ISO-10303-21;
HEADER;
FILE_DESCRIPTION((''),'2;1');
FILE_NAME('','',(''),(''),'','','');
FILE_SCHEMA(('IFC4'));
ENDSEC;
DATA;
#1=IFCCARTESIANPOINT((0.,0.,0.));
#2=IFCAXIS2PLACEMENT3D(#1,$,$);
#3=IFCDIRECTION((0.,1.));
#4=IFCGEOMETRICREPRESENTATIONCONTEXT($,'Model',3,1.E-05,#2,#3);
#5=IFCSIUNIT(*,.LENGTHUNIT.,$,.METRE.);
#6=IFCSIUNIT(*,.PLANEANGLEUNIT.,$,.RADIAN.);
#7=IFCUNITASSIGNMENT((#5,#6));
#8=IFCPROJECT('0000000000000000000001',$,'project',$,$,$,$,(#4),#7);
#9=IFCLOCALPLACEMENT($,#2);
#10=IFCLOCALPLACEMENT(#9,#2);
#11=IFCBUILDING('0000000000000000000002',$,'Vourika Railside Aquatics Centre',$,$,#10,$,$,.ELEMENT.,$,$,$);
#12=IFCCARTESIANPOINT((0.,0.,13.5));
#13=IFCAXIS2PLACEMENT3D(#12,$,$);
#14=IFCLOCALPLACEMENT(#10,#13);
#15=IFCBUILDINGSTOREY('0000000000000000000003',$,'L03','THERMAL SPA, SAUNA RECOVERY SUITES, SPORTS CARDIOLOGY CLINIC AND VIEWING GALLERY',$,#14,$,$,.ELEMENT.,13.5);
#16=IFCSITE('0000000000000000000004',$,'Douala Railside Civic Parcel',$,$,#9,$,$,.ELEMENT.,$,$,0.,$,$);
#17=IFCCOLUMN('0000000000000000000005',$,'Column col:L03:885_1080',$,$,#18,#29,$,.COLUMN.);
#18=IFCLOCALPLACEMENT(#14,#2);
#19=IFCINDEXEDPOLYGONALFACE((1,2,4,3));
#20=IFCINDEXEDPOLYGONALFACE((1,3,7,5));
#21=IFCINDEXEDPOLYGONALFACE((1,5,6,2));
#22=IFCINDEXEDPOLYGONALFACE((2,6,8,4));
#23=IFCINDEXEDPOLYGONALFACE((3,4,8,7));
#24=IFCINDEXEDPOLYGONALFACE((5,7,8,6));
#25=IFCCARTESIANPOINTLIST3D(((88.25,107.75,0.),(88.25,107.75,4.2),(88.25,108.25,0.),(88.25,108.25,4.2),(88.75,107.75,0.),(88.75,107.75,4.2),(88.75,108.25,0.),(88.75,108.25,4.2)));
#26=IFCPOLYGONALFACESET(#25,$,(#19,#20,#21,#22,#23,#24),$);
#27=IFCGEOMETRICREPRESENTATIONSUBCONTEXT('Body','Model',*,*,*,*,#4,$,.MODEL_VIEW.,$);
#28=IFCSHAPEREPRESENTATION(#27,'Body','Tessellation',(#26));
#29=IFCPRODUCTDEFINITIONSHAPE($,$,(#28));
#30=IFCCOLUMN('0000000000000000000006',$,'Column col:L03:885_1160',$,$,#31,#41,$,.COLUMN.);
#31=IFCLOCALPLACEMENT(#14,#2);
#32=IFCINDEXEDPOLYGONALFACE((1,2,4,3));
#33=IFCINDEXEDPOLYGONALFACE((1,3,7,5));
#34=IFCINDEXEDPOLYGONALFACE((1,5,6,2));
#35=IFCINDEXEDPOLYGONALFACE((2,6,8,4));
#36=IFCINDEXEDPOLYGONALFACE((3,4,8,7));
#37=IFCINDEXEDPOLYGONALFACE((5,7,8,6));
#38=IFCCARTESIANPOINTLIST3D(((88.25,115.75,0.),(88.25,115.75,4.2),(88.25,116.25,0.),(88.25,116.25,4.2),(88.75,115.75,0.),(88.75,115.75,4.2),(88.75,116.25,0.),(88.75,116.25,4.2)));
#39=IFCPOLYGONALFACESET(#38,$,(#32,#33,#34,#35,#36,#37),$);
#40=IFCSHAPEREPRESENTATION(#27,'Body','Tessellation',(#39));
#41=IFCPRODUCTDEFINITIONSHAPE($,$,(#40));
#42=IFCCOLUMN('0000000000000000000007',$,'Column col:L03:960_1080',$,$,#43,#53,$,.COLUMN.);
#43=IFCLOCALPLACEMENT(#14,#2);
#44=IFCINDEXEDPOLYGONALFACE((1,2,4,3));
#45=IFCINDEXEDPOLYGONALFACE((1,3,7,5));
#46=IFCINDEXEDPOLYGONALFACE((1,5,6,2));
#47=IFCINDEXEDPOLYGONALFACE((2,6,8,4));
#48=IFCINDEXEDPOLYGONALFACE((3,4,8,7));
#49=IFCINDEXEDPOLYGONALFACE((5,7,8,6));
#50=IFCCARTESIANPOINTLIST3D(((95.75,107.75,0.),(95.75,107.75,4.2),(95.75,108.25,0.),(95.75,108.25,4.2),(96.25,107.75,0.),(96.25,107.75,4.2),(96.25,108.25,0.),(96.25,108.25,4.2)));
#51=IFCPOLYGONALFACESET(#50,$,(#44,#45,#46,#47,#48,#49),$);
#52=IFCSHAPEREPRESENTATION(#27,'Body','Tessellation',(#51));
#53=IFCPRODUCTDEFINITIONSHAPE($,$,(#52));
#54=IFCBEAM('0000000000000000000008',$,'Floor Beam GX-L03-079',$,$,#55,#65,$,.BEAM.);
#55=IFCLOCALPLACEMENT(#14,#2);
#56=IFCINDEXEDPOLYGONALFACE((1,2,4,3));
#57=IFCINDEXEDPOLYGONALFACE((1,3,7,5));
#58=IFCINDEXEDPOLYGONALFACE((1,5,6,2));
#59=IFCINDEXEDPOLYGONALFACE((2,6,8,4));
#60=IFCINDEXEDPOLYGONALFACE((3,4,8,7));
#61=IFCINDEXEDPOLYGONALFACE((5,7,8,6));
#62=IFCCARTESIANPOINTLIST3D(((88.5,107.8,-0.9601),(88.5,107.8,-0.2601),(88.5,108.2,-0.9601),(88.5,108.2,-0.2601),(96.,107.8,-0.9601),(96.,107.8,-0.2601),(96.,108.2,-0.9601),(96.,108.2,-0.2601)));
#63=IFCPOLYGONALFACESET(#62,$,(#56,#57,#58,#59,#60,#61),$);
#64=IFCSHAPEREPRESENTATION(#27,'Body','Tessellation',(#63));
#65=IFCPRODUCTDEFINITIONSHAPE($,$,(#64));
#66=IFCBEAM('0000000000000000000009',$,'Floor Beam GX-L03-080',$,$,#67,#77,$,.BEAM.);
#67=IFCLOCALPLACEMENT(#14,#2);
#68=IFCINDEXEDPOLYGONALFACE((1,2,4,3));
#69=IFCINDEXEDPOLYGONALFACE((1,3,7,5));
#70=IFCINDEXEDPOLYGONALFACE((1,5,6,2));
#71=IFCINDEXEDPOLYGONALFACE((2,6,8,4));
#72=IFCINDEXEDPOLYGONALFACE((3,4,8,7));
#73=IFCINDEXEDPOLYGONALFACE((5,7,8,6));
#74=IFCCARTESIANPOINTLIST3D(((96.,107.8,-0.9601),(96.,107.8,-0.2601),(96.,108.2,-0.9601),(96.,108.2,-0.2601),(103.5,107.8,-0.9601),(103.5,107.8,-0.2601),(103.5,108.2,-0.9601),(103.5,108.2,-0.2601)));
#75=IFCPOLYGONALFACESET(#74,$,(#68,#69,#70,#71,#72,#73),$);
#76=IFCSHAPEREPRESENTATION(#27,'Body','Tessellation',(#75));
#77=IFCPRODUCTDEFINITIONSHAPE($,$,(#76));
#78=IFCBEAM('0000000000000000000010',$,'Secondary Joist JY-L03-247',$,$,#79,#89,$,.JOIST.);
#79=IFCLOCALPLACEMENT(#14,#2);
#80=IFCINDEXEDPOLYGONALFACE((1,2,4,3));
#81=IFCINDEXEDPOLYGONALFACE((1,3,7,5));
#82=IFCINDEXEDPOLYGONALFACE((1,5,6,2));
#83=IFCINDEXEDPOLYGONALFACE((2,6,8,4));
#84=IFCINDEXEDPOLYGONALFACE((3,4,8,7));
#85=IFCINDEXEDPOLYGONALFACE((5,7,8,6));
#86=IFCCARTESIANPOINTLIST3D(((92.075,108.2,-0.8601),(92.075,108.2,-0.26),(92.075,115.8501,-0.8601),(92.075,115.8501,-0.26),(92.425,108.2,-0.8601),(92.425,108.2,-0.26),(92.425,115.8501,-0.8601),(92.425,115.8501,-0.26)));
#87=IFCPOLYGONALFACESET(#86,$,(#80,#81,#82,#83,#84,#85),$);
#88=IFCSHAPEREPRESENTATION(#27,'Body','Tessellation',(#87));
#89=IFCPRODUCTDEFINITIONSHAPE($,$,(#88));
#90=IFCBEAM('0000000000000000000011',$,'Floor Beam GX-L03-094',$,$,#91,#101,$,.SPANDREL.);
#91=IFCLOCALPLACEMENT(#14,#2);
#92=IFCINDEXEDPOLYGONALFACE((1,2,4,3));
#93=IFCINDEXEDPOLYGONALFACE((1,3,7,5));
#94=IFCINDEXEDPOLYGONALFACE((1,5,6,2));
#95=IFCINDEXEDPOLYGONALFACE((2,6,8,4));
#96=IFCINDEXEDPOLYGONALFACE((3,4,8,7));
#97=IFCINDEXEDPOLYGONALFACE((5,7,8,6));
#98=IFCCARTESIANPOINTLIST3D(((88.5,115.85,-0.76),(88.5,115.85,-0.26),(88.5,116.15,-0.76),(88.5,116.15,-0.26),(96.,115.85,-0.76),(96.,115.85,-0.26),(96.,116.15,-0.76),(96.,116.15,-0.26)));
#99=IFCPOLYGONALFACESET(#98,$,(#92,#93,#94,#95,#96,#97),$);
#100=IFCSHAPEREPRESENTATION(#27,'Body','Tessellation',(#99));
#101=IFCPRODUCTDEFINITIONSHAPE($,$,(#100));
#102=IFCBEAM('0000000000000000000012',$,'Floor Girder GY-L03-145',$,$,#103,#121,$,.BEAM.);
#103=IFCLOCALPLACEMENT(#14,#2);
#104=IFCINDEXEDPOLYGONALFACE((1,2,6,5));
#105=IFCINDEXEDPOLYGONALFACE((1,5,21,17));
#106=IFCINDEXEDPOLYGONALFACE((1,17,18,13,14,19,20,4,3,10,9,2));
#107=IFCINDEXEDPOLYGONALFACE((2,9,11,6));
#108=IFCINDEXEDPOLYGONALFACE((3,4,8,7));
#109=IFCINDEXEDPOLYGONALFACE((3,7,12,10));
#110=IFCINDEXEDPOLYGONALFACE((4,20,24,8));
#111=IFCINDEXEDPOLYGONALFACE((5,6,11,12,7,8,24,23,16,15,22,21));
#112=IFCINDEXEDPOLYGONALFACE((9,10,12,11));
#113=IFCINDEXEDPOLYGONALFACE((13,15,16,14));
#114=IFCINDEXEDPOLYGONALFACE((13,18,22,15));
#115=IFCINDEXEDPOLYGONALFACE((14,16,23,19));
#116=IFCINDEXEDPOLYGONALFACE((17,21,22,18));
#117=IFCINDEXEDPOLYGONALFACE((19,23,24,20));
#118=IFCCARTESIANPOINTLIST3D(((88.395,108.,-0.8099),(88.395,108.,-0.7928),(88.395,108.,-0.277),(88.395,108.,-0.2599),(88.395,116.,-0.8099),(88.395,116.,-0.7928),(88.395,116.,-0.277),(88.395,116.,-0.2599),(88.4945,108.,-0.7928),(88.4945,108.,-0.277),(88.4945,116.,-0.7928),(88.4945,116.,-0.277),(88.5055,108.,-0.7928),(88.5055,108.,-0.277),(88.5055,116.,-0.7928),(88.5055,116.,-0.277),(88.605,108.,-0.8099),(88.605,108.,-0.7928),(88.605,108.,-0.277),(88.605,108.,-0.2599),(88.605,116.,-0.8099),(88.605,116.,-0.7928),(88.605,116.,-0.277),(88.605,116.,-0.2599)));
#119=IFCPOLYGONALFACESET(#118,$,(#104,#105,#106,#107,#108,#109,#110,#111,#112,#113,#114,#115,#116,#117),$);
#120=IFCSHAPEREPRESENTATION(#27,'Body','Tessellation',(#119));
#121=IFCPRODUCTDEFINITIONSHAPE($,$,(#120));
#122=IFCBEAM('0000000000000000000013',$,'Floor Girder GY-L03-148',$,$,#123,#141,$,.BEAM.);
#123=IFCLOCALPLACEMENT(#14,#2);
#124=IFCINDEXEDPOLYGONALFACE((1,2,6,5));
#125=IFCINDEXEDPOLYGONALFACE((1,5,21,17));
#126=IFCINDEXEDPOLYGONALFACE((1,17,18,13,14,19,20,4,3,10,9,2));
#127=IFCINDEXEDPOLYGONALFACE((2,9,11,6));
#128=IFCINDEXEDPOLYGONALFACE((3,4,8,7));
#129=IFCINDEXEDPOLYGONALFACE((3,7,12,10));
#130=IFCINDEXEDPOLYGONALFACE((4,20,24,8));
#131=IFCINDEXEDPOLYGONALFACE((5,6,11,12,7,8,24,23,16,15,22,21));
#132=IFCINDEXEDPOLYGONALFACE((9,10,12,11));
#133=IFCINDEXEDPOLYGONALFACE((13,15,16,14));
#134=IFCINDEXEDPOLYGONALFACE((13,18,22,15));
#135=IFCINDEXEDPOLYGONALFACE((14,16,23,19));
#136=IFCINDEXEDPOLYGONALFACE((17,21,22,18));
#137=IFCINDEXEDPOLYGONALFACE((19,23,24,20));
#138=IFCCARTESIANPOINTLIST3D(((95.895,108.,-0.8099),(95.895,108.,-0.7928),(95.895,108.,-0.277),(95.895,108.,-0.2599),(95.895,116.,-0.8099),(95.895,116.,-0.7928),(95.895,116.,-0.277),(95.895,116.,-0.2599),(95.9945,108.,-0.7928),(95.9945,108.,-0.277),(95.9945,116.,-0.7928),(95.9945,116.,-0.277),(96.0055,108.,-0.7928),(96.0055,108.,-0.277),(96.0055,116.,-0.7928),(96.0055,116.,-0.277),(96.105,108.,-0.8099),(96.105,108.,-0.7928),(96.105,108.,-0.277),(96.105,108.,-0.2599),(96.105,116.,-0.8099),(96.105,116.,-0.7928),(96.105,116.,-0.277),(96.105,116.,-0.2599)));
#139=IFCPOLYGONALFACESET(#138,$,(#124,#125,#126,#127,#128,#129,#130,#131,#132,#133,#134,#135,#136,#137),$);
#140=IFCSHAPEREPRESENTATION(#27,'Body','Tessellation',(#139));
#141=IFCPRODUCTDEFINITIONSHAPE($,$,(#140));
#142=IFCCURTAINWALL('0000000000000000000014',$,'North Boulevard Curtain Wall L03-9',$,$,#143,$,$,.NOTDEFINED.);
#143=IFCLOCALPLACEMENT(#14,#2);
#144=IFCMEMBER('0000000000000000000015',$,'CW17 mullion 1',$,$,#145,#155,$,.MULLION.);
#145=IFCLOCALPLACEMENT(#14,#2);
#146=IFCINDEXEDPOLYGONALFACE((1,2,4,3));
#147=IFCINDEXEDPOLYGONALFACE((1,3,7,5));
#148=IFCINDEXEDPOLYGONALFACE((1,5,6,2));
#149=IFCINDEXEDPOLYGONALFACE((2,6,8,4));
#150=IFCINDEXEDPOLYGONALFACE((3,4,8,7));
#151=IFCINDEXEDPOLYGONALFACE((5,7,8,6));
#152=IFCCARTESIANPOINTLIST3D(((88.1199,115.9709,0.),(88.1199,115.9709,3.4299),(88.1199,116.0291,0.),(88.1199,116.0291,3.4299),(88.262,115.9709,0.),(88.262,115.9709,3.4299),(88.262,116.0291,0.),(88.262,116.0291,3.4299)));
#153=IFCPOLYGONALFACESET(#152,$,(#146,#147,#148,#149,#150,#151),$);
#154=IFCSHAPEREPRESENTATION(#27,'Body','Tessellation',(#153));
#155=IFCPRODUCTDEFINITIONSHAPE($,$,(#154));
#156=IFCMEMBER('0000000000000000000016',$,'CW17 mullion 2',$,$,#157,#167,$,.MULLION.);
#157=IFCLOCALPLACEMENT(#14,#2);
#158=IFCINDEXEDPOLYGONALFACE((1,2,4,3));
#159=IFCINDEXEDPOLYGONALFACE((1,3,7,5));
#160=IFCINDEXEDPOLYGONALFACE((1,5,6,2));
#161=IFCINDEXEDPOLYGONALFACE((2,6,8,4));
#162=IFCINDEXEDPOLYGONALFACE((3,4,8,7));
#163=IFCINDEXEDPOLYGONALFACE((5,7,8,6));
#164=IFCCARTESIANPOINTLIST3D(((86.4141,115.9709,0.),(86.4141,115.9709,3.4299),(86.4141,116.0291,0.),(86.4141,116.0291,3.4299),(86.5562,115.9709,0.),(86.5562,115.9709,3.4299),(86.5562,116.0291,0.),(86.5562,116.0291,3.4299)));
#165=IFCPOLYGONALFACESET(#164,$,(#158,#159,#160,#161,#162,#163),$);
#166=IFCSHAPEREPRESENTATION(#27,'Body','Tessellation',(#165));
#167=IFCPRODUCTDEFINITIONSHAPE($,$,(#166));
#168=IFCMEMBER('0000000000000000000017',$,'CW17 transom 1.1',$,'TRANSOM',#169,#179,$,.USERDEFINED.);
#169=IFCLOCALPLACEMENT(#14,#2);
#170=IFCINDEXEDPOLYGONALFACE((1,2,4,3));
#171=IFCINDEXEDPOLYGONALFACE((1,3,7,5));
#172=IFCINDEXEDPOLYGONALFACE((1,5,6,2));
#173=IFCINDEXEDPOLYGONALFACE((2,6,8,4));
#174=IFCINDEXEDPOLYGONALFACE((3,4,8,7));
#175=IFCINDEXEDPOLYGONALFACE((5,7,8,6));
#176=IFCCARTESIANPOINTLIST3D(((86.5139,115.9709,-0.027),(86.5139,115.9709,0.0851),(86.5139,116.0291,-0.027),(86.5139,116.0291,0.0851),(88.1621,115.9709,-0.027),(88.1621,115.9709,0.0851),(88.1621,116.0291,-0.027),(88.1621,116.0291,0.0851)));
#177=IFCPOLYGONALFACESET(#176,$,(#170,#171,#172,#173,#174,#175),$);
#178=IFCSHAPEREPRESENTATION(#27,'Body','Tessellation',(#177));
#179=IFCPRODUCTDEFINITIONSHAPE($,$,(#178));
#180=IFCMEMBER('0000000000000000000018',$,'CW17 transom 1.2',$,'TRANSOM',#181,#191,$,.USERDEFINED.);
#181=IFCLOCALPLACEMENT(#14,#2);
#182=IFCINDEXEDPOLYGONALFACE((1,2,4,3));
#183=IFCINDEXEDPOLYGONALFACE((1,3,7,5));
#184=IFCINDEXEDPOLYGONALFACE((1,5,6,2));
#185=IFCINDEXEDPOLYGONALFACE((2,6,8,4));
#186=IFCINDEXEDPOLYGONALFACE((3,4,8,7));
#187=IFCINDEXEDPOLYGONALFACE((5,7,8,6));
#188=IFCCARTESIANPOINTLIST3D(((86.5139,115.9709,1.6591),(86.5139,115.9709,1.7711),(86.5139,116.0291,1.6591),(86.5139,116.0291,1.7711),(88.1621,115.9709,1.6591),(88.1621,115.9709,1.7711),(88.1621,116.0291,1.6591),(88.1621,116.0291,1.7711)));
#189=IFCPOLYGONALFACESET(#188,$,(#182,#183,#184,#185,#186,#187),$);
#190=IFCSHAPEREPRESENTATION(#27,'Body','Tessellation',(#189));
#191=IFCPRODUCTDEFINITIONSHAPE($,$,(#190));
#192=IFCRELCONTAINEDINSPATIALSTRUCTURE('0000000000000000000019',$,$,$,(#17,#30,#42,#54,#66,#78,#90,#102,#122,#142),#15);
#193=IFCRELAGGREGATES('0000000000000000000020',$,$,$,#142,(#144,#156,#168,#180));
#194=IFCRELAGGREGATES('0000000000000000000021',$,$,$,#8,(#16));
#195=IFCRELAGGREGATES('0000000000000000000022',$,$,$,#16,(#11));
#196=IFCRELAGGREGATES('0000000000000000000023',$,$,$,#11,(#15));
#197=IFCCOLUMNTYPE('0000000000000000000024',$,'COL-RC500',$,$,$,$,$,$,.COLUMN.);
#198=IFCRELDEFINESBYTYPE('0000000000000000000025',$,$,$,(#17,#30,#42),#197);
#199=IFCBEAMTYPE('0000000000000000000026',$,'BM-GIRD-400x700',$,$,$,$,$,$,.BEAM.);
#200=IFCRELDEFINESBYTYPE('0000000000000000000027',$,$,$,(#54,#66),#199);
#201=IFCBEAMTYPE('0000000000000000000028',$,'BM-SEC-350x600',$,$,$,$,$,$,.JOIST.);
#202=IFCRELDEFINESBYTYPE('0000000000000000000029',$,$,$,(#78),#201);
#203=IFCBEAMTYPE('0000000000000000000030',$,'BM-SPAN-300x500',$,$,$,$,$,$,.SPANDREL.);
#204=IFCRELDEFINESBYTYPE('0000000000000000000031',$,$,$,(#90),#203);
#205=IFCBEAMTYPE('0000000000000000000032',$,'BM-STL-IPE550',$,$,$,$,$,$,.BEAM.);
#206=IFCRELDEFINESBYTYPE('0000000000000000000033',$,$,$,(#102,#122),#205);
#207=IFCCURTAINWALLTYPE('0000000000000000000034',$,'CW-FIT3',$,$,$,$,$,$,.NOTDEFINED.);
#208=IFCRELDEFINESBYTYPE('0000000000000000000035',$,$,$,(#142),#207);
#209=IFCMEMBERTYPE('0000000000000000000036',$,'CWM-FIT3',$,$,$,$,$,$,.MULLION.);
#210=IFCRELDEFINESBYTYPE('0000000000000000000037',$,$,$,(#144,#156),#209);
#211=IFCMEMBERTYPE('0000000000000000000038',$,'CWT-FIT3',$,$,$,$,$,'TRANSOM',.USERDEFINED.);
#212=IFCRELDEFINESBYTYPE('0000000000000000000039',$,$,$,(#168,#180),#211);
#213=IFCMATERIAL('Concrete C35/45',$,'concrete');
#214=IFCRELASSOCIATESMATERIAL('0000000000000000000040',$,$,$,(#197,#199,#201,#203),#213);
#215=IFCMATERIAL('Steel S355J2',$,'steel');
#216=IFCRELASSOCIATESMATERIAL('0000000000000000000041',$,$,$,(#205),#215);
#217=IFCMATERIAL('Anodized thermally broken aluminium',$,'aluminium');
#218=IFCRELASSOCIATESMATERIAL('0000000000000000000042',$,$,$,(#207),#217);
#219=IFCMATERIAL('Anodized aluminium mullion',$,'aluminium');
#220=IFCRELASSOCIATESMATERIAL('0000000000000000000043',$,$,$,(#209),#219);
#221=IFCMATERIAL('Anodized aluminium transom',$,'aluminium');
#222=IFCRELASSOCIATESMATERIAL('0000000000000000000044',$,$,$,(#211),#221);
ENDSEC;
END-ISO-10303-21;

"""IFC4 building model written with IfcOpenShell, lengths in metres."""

from ifc_helpers import new_model, si_unit, direction, frame, origin, origin_2d, place, context, subcontext, project, spatial, rectangle, i_section, extrude, material, material_profile, profile_set, type_object, element, aggregate, save


model = new_model("IFC4")

# Units and contexts
model_context = context("Model", 3, precision=1e-05, world=origin(), true_north=direction((0.0, 1.0)))
body_context = subcontext(model_context, "Body", "Model", "MODEL_VIEW")
ifc_project = project(units=[si_unit("LENGTHUNIT", "METRE"), si_unit("PLANEANGLEUNIT", "RADIAN")], contexts=[model_context])

# Site, building, storey
site_placement = place(None, origin())
site = spatial("IfcSite", under=ifc_project, at=site_placement, Name="Douala Railside Civic Parcel", CompositionType="ELEMENT", RefElevation=0.0)
building_placement = place(site_placement, origin())
building = spatial("IfcBuilding", under=site, at=building_placement, Name="Vourika Railside Aquatics Centre", CompositionType="ELEMENT")
storey_placement = place(building_placement, frame((0.0, 0.0, 13.5)))
storey = spatial("IfcBuildingStorey", under=building, at=storey_placement, Name="L03", Description="THERMAL SPA, SAUNA RECOVERY SUITES, SPORTS CARDIOLOGY CLINIC AND VIEWING GALLERY", CompositionType="ELEMENT", Elevation=13.5)

# Columns
ifc_material_1 = material(Name="Concrete C35/45", Category="concrete")
ifc_material_profile_1 = material_profile(ifc_material_1, rectangle(XDim=0.5, YDim=0.5, at=origin_2d()), Name="RC 500x500")
ifc_profile_set_1 = profile_set([ifc_material_profile_1], Name="Concrete C35/45")
column_type = type_object("IfcColumnType", Name="COL-RC500", PredefinedType="COLUMN", material=ifc_profile_set_1)
for number, where, z_axis, x_axis, name in (
    (1, (88.5, 108.0, 0.0), (0.0, 0.0, 1.0), (1.0, 0.0, 0.0), "Column col:L03:885_1080"),
    (2, (88.5, 116.0, 0.0), (0.0, 0.0, 1.0), (1.0, 0.0, 0.0), "Column col:L03:885_1160"),
    (3, (96.0, 108.0, 0.0), (0.0, 0.0, 1.0), (1.0, 0.0, 0.0), "Column col:L03:960_1080"),
):
    element("IfcColumn", number, at=place(storey_placement, frame(where, z_axis=z_axis, x_axis=x_axis)), inside=storey, type_object=column_type, Name=name, PredefinedType="COLUMN", context=body_context, shape_type="SweptSolid", body=[
        extrude(rectangle(XDim=0.5, YDim=0.5, at=origin_2d()), origin(), (0.0, 0.0, 1.0), 4.2),
    ])

# Beams
ifc_material_profile_2 = material_profile(ifc_material_1, rectangle(XDim=0.3999, YDim=0.7, at=origin_2d()), Name="RC 400x700")
ifc_profile_set_2 = profile_set([ifc_material_profile_2], Name="Concrete C35/45")
beam_type_1 = type_object("IfcBeamType", Name="BM-GIRD-400x700", PredefinedType="BEAM", material=ifc_profile_set_2)
for number, where, z_axis, x_axis, name in (
    (4, (88.5, 108.0, -0.6101), (1.0, 0.0, 0.0), (0.0, 1.0, 0.0), "Floor Beam GX-L03-079"),
    (5, (96.0, 108.0, -0.6101), (1.0, 0.0, 0.0), (0.0, 1.0, 0.0), "Floor Beam GX-L03-080"),
):
    element("IfcBeam", number, at=place(storey_placement, frame(where, z_axis=z_axis, x_axis=x_axis)), inside=storey, type_object=beam_type_1, Name=name, PredefinedType="BEAM", context=body_context, shape_type="SweptSolid", body=[
        extrude(rectangle(XDim=0.3999, YDim=0.7, at=origin_2d()), origin(), (0.0, 0.0, 1.0), 7.5),
    ])
ifc_material_profile_3 = material_profile(ifc_material_1, rectangle(XDim=0.3501, YDim=0.6001, at=origin_2d()), Name="RC 350x600")
ifc_profile_set_3 = profile_set([ifc_material_profile_3], Name="Concrete C35/45")
beam_type_2 = type_object("IfcBeamType", Name="BM-SEC-350x600", PredefinedType="JOIST", material=ifc_profile_set_3)
beam_1_placement = place(storey_placement, frame((92.25, 108.2, -0.5601), z_axis=(0.0, 1.0, 0.0), x_axis=(-1.0, 0.0, 0.0)))
element("IfcBeam", 6, at=beam_1_placement, inside=storey, type_object=beam_type_2, Name="Secondary Joist JY-L03-247", PredefinedType="JOIST", context=body_context, shape_type="SweptSolid", body=[
    extrude(rectangle(XDim=0.3501, YDim=0.6001, at=origin_2d()), origin(), (0.0, 0.0, 1.0), 7.6501),
])
ifc_material_profile_4 = material_profile(ifc_material_1, rectangle(XDim=0.3, YDim=0.5, at=origin_2d()), Name="RC 300x500")
ifc_profile_set_4 = profile_set([ifc_material_profile_4], Name="Concrete C35/45")
beam_type_3 = type_object("IfcBeamType", Name="BM-SPAN-300x500", PredefinedType="SPANDREL", material=ifc_profile_set_4)
beam_2_placement = place(storey_placement, frame((88.5, 116.0, -0.51), z_axis=(1.0, 0.0, 0.0), x_axis=(0.0, 1.0, 0.0)))
element("IfcBeam", 7, at=beam_2_placement, inside=storey, type_object=beam_type_3, Name="Floor Beam GX-L03-094", PredefinedType="SPANDREL", context=body_context, shape_type="SweptSolid", body=[
    extrude(rectangle(XDim=0.3, YDim=0.5, at=origin_2d()), origin(), (0.0, 0.0, 1.0), 7.5),
])
ifc_material_2 = material(Name="Steel S355J2", Category="steel")
ifc_material_profile_5 = material_profile(ifc_material_2, i_section(OverallWidth=0.21, OverallDepth=0.55, WebThickness=0.011, FlangeThickness=0.0171, at=origin_2d()), Name="IPE 550")
ifc_profile_set_5 = profile_set([ifc_material_profile_5], Name="Steel S355J2")
beam_type_4 = type_object("IfcBeamType", Name="BM-STL-IPE550", PredefinedType="BEAM", material=ifc_profile_set_5)
for number, where, z_axis, x_axis, name in (
    (8, (88.5, 108.0, -0.5349), (0.0, 1.0, 0.0), (-1.0, 0.0, 0.0), "Floor Girder GY-L03-145"),
    (9, (96.0, 108.0, -0.5349), (0.0, 1.0, 0.0), (-1.0, 0.0, 0.0), "Floor Girder GY-L03-148"),
):
    element("IfcBeam", number, at=place(storey_placement, frame(where, z_axis=z_axis, x_axis=x_axis)), inside=storey, type_object=beam_type_4, Name=name, PredefinedType="BEAM", context=body_context, shape_type="SweptSolid", body=[
        extrude(i_section(OverallWidth=0.21, OverallDepth=0.55, WebThickness=0.011, FlangeThickness=0.0171, at=origin_2d()), origin(), (0.0, 0.0, 1.0), 8.0),
    ])

# Curtain wall, members
ifc_material_3 = material(Name="Anodized thermally broken aluminium", Category="aluminium")
curtain_wall_type = type_object("IfcCurtainWallType", Name="CW-FIT3", PredefinedType="NOTDEFINED", material=ifc_material_3)
curtain_wall_placement = place(storey_placement, origin())
curtain_wall = element("IfcCurtainWall", 10, at=curtain_wall_placement, inside=storey, type_object=curtain_wall_type, Name="North Boulevard Curtain Wall L03-9", PredefinedType="NOTDEFINED")
ifc_material_4 = material(Name="Anodized aluminium mullion", Category="aluminium")
ifc_material_profile_6 = material_profile(ifc_material_4, rectangle(XDim=0.0581, YDim=0.1421, at=origin_2d()), Name="ALU-M 58x142")
ifc_profile_set_6 = profile_set([ifc_material_profile_6], Name="Anodized aluminium mullion")
member_type_1 = type_object("IfcMemberType", Name="CWM-FIT3", PredefinedType="MULLION", material=ifc_profile_set_6)
member_1_placement = place(storey_placement, frame((88.1909, 116.0, 0.0), z_axis=(0.0, 0.0, 1.0), x_axis=(0.0, -1.0, 0.0)))
member_1 = element("IfcMember", 11, at=member_1_placement, type_object=member_type_1, Name="CW17 mullion 1", PredefinedType="MULLION", context=body_context, shape_type="SweptSolid", body=[
    extrude(rectangle(XDim=0.0581, YDim=0.1421, at=origin_2d()), origin(), (0.0, 0.0, 1.0), 3.4299),
])
member_2_placement = place(storey_placement, frame((86.4851, 116.0, 0.0), z_axis=(0.0, 0.0, 1.0), x_axis=(0.0, -1.0, 0.0)))
member_2 = element("IfcMember", 12, at=member_2_placement, type_object=member_type_1, Name="CW17 mullion 2", PredefinedType="MULLION", context=body_context, shape_type="SweptSolid", body=[
    extrude(rectangle(XDim=0.0581, YDim=0.1421, at=origin_2d()), origin(), (0.0, 0.0, 1.0), 3.4299),
])
ifc_material_5 = material(Name="Anodized aluminium transom", Category="aluminium")
ifc_material_profile_7 = material_profile(ifc_material_5, rectangle(XDim=0.0581, YDim=0.1121, at=origin_2d()), Name="ALU-T 58x112")
ifc_profile_set_7 = profile_set([ifc_material_profile_7], Name="Anodized aluminium transom")
member_type_2 = type_object("IfcMemberType", Name="CWT-FIT3", ElementType="TRANSOM", PredefinedType="USERDEFINED", material=ifc_profile_set_7)
member_3_placement = place(storey_placement, frame((88.1621, 116.0, 0.0291), z_axis=(-1.0, 0.0, 0.0), x_axis=(0.0, -1.0, 0.0)))
member_3 = element("IfcMember", 13, at=member_3_placement, type_object=member_type_2, Name="CW17 transom 1.1", ObjectType="TRANSOM", PredefinedType="USERDEFINED", context=body_context, shape_type="SweptSolid", body=[
    extrude(rectangle(XDim=0.0581, YDim=0.1121, at=origin_2d()), origin(), (0.0, 0.0, 1.0), 1.6482),
])
member_4_placement = place(storey_placement, frame((88.1621, 116.0, 1.7151), z_axis=(-1.0, 0.0, 0.0), x_axis=(0.0, -1.0, 0.0)))
member_4 = element("IfcMember", 14, at=member_4_placement, type_object=member_type_2, Name="CW17 transom 1.2", ObjectType="TRANSOM", PredefinedType="USERDEFINED", context=body_context, shape_type="SweptSolid", body=[
    extrude(rectangle(XDim=0.0581, YDim=0.1121, at=origin_2d()), origin(), (0.0, 0.0, 1.0), 1.6482),
])
aggregate(curtain_wall, [member_1, member_2, member_3, member_4])

save(model, "model.ifc")
